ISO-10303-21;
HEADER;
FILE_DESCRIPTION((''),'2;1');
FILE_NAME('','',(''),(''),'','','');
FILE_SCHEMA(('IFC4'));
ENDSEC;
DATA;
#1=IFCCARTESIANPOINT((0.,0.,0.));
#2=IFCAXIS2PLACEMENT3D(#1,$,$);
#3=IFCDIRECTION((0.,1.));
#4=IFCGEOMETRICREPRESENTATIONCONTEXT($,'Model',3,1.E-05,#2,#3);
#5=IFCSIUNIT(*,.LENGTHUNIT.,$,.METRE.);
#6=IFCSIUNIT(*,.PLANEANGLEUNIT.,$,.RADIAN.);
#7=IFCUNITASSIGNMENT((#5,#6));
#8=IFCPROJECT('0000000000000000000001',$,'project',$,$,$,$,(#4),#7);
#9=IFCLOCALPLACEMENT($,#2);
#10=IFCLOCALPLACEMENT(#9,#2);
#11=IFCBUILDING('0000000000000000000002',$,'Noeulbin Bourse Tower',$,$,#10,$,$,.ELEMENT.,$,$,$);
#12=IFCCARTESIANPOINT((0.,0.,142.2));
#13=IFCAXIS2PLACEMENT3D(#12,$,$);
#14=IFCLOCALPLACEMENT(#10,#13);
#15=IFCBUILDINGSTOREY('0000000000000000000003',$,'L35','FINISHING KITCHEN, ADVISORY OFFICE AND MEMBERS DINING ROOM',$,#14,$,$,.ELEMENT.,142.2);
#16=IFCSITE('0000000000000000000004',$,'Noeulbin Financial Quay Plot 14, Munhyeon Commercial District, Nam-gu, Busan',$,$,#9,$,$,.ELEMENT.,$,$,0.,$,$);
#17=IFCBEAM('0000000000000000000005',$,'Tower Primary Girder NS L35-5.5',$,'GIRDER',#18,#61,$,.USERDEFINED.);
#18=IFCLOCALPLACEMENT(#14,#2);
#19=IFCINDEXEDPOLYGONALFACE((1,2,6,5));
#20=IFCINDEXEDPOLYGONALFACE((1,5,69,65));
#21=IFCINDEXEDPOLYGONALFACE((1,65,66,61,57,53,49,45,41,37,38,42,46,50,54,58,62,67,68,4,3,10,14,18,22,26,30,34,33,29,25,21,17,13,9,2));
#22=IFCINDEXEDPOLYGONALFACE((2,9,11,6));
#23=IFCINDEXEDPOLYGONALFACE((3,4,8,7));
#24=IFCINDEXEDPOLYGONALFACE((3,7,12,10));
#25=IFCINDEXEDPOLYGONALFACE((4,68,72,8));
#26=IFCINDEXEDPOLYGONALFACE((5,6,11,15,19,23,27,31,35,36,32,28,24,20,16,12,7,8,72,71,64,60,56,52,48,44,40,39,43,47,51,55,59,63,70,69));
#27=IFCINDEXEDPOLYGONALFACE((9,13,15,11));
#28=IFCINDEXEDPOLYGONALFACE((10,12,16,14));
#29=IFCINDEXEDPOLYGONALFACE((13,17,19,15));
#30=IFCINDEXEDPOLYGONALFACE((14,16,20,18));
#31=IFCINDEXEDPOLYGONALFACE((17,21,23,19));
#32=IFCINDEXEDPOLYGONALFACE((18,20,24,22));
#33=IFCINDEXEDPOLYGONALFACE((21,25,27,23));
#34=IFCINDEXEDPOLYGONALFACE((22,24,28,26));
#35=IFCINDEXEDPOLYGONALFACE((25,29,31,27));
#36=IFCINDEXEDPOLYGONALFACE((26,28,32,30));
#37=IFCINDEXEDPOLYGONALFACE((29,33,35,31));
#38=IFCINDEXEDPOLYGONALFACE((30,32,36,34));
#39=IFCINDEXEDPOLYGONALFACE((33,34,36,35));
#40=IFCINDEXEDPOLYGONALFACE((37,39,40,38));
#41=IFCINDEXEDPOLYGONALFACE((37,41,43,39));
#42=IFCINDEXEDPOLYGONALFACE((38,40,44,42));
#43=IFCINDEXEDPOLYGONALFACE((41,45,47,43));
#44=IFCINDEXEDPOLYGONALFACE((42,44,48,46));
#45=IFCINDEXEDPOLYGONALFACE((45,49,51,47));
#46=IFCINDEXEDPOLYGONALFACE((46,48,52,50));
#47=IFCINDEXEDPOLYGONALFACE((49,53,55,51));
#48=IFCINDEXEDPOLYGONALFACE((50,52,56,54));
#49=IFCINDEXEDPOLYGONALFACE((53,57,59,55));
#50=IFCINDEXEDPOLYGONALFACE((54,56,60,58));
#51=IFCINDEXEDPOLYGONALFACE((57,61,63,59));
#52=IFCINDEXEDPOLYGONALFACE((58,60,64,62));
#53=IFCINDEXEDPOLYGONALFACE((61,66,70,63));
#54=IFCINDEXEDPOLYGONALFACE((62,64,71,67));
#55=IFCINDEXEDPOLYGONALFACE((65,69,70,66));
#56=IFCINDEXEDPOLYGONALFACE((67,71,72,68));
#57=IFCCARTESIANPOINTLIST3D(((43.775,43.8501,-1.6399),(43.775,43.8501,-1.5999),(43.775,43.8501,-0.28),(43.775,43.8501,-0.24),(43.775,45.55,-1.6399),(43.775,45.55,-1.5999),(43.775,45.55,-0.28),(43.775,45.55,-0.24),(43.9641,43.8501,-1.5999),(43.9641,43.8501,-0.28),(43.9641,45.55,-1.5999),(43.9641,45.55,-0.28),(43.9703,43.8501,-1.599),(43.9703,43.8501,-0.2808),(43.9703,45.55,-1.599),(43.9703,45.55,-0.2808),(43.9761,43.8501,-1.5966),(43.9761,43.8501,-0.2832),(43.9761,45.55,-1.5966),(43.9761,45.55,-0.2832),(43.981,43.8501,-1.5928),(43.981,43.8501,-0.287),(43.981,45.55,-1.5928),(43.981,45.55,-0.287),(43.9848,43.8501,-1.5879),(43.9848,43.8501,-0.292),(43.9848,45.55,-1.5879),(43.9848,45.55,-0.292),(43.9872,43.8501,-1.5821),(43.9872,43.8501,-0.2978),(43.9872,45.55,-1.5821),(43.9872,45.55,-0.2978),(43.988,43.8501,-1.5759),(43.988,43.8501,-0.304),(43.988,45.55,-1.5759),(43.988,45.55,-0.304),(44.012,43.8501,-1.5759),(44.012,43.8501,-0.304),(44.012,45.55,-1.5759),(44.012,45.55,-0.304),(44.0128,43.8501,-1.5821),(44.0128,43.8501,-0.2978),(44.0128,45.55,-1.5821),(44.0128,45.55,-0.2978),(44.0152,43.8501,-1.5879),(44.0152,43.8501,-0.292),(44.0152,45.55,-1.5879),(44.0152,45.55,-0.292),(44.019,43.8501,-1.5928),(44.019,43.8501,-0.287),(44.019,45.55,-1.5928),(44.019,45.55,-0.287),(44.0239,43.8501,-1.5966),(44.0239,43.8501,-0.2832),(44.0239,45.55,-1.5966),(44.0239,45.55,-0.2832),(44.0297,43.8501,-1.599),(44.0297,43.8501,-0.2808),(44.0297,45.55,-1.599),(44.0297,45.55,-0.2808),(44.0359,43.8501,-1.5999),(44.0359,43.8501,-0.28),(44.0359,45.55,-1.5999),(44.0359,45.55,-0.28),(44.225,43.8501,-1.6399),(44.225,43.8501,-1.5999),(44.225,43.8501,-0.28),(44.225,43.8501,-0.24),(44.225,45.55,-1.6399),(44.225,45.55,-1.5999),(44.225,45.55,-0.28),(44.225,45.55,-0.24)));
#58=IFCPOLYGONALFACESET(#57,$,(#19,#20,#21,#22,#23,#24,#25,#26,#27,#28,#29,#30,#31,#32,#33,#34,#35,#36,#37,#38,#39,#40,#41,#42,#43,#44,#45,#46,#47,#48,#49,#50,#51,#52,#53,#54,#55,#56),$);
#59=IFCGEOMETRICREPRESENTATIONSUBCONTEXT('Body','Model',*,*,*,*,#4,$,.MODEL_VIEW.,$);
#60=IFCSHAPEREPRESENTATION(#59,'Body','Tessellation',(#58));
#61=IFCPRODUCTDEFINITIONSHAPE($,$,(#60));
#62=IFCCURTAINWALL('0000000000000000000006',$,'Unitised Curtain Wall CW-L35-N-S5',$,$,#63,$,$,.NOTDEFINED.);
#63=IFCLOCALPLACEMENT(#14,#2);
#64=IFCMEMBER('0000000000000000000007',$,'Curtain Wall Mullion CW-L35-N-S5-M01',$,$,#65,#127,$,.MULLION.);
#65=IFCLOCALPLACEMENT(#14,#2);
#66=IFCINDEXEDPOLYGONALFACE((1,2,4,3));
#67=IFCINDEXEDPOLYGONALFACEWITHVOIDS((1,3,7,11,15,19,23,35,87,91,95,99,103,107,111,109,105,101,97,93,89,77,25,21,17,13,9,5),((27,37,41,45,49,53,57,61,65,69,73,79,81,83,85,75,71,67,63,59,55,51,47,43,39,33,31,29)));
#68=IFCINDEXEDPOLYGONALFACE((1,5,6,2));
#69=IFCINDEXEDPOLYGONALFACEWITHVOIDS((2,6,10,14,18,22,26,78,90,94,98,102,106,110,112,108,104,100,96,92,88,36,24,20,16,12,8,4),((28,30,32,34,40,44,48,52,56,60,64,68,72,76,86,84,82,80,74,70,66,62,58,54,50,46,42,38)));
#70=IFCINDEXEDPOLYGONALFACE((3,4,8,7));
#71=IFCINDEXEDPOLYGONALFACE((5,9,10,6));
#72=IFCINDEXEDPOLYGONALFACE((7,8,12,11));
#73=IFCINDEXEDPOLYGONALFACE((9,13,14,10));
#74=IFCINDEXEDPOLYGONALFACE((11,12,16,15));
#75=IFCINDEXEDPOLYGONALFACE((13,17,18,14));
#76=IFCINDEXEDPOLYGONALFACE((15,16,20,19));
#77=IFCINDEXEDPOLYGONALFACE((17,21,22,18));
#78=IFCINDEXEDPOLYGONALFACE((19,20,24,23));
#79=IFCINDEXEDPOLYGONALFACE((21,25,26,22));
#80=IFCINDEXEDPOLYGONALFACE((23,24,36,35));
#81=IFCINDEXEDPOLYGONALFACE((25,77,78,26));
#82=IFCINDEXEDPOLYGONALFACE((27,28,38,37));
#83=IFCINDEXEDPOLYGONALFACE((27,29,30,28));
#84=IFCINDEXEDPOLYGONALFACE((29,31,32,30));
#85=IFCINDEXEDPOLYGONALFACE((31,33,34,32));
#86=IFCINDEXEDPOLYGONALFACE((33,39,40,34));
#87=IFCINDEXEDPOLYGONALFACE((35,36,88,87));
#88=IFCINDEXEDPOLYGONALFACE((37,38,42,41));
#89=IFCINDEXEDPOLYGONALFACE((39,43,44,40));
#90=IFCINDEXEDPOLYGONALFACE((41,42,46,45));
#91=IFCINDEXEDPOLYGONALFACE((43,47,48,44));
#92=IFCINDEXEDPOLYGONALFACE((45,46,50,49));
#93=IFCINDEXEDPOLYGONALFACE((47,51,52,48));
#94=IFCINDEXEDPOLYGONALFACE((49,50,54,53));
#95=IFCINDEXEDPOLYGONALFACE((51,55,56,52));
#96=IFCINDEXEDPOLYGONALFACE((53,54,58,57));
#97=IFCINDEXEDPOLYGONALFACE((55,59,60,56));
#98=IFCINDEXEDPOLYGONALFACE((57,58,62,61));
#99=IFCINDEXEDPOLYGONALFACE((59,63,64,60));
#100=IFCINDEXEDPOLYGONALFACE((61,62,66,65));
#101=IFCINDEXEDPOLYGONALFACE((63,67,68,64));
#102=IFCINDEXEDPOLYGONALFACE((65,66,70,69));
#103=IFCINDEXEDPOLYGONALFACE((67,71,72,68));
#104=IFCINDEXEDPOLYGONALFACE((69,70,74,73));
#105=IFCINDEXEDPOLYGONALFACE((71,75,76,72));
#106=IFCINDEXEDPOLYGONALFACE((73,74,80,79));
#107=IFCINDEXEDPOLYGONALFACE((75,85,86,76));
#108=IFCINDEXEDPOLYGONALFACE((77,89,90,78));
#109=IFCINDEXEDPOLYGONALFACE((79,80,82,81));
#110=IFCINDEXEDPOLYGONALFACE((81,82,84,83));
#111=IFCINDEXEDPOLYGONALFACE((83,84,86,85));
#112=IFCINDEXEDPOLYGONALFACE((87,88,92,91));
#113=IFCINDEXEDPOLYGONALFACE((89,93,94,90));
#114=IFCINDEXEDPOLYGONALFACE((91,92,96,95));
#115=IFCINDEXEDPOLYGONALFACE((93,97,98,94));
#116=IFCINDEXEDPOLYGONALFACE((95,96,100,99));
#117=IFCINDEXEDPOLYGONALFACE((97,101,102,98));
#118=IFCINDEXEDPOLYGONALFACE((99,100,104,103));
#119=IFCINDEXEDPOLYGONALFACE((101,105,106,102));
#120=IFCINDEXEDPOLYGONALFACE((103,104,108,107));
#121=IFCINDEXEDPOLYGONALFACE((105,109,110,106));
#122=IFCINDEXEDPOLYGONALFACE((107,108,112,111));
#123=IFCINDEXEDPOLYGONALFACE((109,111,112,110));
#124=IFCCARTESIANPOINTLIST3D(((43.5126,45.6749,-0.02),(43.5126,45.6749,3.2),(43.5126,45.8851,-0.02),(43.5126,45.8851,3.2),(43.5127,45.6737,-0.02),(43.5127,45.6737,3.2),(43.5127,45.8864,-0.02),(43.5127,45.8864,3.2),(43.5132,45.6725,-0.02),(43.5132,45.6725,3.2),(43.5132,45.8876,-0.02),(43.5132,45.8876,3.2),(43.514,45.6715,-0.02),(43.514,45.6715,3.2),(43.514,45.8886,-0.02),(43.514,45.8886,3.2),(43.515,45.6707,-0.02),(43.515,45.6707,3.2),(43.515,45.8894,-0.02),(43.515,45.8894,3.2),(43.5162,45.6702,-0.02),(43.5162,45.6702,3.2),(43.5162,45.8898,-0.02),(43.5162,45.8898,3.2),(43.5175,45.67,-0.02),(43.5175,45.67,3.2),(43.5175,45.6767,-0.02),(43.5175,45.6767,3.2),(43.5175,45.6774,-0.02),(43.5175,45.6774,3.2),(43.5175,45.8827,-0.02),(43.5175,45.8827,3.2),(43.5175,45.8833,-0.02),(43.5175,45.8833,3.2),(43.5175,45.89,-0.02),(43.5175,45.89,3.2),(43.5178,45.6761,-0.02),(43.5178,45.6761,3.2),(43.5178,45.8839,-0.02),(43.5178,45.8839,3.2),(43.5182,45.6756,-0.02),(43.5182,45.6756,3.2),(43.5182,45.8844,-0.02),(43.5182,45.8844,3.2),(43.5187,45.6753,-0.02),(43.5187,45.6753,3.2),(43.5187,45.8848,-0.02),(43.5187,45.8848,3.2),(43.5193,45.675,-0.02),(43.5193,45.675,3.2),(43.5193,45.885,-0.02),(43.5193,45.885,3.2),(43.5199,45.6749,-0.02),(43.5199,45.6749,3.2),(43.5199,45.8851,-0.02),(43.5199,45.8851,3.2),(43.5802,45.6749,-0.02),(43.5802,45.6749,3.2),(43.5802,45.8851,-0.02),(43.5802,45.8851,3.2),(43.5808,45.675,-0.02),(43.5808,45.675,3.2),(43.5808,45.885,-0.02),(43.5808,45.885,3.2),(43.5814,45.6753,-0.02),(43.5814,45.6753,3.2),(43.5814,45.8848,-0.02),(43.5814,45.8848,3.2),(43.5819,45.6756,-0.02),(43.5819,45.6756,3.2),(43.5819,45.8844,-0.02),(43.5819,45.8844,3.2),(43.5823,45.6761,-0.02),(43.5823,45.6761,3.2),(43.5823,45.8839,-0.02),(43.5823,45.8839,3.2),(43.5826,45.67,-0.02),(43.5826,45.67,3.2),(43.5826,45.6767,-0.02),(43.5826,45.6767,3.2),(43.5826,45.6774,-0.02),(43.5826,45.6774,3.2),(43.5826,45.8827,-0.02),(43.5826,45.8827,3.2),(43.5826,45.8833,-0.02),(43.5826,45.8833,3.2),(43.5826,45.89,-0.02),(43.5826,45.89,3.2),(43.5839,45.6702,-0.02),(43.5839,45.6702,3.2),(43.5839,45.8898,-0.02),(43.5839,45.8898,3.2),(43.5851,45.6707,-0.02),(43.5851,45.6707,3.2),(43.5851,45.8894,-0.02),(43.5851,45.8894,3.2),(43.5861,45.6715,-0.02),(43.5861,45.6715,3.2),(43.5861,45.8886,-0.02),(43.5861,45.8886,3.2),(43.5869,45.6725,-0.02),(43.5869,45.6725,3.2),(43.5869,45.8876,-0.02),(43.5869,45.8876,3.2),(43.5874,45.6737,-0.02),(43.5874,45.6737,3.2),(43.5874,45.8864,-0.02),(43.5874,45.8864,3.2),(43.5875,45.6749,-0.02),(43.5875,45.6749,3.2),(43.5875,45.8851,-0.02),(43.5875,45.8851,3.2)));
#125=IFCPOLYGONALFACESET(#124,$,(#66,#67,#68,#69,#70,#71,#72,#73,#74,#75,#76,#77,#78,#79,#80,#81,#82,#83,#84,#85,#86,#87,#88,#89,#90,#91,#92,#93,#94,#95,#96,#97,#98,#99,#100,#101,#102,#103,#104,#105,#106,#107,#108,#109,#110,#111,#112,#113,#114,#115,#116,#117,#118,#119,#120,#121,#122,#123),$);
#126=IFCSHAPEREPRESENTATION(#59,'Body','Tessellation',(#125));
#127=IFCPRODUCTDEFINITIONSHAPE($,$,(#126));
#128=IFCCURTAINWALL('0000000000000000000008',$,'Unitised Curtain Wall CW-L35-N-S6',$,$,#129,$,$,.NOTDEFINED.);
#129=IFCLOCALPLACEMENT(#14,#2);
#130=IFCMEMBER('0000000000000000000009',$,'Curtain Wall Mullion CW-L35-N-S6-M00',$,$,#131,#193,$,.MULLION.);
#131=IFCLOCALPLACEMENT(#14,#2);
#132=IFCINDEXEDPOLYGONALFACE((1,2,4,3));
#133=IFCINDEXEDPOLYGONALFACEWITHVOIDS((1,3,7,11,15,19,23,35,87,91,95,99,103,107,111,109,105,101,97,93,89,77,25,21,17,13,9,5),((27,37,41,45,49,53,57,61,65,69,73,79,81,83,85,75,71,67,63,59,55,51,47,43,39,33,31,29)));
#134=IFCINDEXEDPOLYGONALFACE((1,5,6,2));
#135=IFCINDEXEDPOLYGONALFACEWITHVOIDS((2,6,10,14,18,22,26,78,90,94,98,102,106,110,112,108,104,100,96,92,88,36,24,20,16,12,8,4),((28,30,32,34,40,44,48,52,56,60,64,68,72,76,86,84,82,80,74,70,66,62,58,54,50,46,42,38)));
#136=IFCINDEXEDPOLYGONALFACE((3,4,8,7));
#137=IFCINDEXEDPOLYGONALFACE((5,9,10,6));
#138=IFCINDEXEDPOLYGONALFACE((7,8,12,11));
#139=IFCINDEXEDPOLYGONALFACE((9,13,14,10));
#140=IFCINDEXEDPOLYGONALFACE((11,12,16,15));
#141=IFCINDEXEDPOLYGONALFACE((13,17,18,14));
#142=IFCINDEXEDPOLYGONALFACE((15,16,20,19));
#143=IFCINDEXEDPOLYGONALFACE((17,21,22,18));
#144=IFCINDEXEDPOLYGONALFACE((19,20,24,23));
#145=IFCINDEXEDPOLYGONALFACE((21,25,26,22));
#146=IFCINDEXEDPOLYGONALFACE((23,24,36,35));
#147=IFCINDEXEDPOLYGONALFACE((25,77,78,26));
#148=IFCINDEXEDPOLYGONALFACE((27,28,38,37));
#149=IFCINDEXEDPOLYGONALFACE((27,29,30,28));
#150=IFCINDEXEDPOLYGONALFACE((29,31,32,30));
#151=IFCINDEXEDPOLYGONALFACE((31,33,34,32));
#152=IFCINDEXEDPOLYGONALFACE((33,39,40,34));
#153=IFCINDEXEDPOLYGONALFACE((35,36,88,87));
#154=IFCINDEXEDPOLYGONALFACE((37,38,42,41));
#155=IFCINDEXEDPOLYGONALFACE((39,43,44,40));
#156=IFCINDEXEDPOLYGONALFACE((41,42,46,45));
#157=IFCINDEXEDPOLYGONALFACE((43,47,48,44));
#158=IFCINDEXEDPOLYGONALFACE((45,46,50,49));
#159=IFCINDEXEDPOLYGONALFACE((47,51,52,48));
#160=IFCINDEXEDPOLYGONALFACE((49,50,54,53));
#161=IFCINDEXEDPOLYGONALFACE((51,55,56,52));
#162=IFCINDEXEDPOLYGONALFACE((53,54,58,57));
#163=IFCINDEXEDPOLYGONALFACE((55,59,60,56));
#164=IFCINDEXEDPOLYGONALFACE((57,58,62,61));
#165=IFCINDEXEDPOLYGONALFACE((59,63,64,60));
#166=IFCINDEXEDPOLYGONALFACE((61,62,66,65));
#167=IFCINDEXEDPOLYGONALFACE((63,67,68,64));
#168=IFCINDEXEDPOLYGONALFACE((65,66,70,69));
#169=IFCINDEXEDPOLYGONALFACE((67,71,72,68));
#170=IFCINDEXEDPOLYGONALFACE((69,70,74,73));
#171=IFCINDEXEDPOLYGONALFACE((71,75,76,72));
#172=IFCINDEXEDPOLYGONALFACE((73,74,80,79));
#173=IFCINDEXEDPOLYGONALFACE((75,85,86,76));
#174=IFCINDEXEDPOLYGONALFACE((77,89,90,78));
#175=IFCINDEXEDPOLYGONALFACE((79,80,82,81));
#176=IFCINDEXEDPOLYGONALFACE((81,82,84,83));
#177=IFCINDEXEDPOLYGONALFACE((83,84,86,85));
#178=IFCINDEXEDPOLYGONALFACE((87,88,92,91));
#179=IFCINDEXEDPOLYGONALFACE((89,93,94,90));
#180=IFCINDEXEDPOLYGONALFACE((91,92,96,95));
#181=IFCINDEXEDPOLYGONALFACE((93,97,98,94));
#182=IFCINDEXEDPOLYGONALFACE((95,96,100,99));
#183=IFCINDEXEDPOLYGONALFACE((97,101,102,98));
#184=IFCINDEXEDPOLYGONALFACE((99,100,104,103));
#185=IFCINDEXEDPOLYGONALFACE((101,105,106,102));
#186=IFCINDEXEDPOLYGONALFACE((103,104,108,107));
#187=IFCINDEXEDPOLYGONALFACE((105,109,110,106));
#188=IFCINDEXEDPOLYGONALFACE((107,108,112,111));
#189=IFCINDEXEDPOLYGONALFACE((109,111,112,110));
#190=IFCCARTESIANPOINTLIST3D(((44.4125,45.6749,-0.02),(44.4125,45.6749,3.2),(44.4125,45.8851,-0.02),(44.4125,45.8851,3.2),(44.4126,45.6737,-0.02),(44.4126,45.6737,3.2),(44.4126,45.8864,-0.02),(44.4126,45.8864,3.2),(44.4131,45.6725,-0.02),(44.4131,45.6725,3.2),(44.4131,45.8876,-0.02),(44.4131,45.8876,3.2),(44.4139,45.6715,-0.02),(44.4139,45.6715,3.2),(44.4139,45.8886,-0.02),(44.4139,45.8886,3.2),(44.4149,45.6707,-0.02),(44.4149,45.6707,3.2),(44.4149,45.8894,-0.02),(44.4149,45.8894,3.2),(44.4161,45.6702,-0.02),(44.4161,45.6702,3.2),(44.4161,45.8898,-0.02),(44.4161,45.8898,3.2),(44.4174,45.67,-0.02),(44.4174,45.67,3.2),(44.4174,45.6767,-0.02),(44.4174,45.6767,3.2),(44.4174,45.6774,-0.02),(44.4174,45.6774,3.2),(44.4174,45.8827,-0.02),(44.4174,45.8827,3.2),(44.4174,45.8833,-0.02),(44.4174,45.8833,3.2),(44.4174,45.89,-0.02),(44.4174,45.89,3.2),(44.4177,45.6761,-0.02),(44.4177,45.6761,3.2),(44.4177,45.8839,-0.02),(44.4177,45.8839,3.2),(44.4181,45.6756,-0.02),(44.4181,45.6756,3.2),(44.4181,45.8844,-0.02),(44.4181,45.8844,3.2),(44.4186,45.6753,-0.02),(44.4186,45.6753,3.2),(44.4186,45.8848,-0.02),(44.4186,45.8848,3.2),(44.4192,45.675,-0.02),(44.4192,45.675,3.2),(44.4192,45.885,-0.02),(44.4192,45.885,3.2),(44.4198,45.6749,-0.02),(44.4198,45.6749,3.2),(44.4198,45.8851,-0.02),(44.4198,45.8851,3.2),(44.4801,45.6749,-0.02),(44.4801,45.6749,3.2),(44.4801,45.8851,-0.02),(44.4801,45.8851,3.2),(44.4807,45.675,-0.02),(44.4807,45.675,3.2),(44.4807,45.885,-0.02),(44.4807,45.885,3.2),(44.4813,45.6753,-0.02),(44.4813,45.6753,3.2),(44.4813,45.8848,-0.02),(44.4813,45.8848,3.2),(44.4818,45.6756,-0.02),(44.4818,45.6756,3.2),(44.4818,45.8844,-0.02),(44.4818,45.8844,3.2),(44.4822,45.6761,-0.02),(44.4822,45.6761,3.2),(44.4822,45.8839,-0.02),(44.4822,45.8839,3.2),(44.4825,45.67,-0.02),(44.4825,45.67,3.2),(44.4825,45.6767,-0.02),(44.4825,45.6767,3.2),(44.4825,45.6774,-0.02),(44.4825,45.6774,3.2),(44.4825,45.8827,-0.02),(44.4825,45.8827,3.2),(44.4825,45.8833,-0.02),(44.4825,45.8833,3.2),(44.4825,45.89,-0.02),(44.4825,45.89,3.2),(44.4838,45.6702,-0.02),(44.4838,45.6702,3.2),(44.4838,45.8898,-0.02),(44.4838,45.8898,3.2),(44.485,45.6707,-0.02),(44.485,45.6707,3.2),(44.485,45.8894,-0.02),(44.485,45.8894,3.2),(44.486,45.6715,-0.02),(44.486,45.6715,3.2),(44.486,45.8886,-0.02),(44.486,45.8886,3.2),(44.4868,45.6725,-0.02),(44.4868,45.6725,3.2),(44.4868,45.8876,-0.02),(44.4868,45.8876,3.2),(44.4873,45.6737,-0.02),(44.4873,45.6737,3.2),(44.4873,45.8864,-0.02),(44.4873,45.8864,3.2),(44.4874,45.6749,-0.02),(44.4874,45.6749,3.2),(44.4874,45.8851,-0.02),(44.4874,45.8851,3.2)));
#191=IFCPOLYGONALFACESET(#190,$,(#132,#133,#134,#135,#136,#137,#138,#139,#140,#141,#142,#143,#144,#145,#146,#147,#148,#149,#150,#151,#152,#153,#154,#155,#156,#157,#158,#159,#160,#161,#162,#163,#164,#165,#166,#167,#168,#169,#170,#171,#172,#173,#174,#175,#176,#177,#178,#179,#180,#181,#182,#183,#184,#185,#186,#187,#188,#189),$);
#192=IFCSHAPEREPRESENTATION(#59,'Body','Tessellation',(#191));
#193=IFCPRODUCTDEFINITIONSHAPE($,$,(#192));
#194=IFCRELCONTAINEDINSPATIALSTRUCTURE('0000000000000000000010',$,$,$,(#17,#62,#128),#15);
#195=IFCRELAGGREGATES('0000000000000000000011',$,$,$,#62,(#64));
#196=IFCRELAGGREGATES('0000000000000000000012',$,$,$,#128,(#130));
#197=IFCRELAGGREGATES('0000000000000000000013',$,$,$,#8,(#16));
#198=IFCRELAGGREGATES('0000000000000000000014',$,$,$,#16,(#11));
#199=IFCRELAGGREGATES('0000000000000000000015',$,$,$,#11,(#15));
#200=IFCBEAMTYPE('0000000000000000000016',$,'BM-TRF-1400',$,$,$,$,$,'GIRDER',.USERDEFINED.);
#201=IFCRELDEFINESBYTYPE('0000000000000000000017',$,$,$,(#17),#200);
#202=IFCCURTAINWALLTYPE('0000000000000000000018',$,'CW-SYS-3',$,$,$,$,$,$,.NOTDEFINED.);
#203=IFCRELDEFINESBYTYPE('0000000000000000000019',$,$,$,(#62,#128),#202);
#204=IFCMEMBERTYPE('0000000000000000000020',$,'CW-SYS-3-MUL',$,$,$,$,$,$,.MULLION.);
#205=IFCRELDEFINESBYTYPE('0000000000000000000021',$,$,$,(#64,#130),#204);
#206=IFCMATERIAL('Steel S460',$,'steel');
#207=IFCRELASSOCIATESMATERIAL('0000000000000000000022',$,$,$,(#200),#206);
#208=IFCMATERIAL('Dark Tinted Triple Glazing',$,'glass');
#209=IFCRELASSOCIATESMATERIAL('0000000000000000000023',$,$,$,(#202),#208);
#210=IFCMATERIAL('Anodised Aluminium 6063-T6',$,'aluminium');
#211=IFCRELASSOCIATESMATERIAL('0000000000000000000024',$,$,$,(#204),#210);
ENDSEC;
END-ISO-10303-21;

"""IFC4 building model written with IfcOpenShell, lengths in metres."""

from ifc_helpers import new_model, si_unit, direction, frame, origin, origin_2d, place, context, subcontext, project, spatial, hollow_rectangle, i_section, extrude, material, material_profile, profile_set, type_object, element, aggregate, save


model = new_model("IFC4")

# Units and contexts
model_context = context("Model", 3, precision=1e-05, world=origin(), true_north=direction((0.0, 1.0)))
body_context = subcontext(model_context, "Body", "Model", "MODEL_VIEW")
ifc_project = project(units=[si_unit("LENGTHUNIT", "METRE"), si_unit("PLANEANGLEUNIT", "RADIAN")], contexts=[model_context])

# Site, building, storey
site_placement = place(None, origin())
site = spatial("IfcSite", under=ifc_project, at=site_placement, Name="Noeulbin Financial Quay Plot 14, Munhyeon Commercial District, Nam-gu, Busan", CompositionType="ELEMENT", RefElevation=0.0)
building_placement = place(site_placement, origin())
building = spatial("IfcBuilding", under=site, at=building_placement, Name="Noeulbin Bourse Tower", CompositionType="ELEMENT")
storey_placement = place(building_placement, frame((0.0, 0.0, 142.2)))
storey = spatial("IfcBuildingStorey", under=building, at=storey_placement, Name="L35", Description="FINISHING KITCHEN, ADVISORY OFFICE AND MEMBERS DINING ROOM", CompositionType="ELEMENT", Elevation=142.2)

# Beam
ifc_material_1 = material(Name="Steel S460", Category="steel")
ifc_material_profile_1 = material_profile(ifc_material_1, i_section(OverallWidth=0.45, OverallDepth=1.3999, WebThickness=0.0239, FlangeThickness=0.04, FilletRadius=0.0239, at=origin_2d()), Name="PG-1400x450x24x40", Category="LoadBearing")
ifc_profile_set_1 = profile_set([ifc_material_profile_1], Name="Steel S460")
beam_type_1 = type_object("IfcBeamType", Name="BM-TRF-1400", ElementType="GIRDER", PredefinedType="USERDEFINED", material=ifc_profile_set_1)
beam_1_placement = place(storey_placement, frame((44.0, 43.8501, -0.9399), z_axis=(0.0, 1.0, 0.0), x_axis=(-1.0, 0.0, 0.0)))
element("IfcBeam", 1, at=beam_1_placement, inside=storey, type_object=beam_type_1, Name="Tower Primary Girder NS L35-5.5", ObjectType="GIRDER", PredefinedType="USERDEFINED", context=body_context, shape_type="SweptSolid", body=[
    extrude(i_section(OverallWidth=0.45, OverallDepth=1.3999, WebThickness=0.0239, FlangeThickness=0.04, FilletRadius=0.0239, at=origin_2d()), origin(), (0.0, 0.0, 1.0), 1.7),
])

# Curtain wall, member
ifc_material_2 = material(Name="Dark Tinted Triple Glazing", Category="glass")
curtain_wall_type = type_object("IfcCurtainWallType", Name="CW-SYS-3", PredefinedType="NOTDEFINED", material=ifc_material_2)
curtain_wall_1_placement = place(storey_placement, origin())
curtain_wall_1 = element("IfcCurtainWall", 2, at=curtain_wall_1_placement, inside=storey, type_object=curtain_wall_type, Name="Unitised Curtain Wall CW-L35-N-S5", PredefinedType="NOTDEFINED")
ifc_material_3 = material(Name="Anodised Aluminium 6063-T6", Category="aluminium")
ifc_material_profile_2 = material_profile(ifc_material_3, hollow_rectangle(XDim=0.075, YDim=0.22, WallThickness=0.0049, InnerFilletRadius=0.0024, OuterFilletRadius=0.0049, at=origin_2d()), Name="ALU-MULL-75x220x5", Category="LoadBearing")
ifc_profile_set_2 = profile_set([ifc_material_profile_2], Name="Anodised Aluminium 6063-T6")
member_type_1 = type_object("IfcMemberType", Name="CW-SYS-3-MUL", PredefinedType="MULLION", material=ifc_profile_set_2)
member_1_placement = place(storey_placement, frame((43.55, 45.78, -0.02), z_axis=(0.0, 0.0, 1.0), x_axis=(1.0, 0.0, 0.0)))
member_1 = element("IfcMember", 3, at=member_1_placement, type_object=member_type_1, Name="Curtain Wall Mullion CW-L35-N-S5-M01", PredefinedType="MULLION", context=body_context, shape_type="SweptSolid", body=[
    extrude(hollow_rectangle(XDim=0.075, YDim=0.22, WallThickness=0.0049, InnerFilletRadius=0.0024, OuterFilletRadius=0.0049, at=origin_2d()), origin(), (0.0, 0.0, 1.0), 3.22),
])

# Curtain wall, member
curtain_wall_2_placement = place(storey_placement, origin())
curtain_wall_2 = element("IfcCurtainWall", 4, at=curtain_wall_2_placement, inside=storey, type_object=curtain_wall_type, Name="Unitised Curtain Wall CW-L35-N-S6", PredefinedType="NOTDEFINED")
member_2_placement = place(storey_placement, frame((44.45, 45.78, -0.02), z_axis=(0.0, 0.0, 1.0), x_axis=(1.0, 0.0, 0.0)))
member_2 = element("IfcMember", 5, at=member_2_placement, type_object=member_type_1, Name="Curtain Wall Mullion CW-L35-N-S6-M00", PredefinedType="MULLION", context=body_context, shape_type="SweptSolid", body=[
    extrude(hollow_rectangle(XDim=0.075, YDim=0.22, WallThickness=0.0049, InnerFilletRadius=0.0024, OuterFilletRadius=0.0049, at=origin_2d()), origin(), (0.0, 0.0, 1.0), 3.22),
])

aggregate(curtain_wall_1, [member_1])
aggregate(curtain_wall_2, [member_2])

save(model, "model.ifc")
